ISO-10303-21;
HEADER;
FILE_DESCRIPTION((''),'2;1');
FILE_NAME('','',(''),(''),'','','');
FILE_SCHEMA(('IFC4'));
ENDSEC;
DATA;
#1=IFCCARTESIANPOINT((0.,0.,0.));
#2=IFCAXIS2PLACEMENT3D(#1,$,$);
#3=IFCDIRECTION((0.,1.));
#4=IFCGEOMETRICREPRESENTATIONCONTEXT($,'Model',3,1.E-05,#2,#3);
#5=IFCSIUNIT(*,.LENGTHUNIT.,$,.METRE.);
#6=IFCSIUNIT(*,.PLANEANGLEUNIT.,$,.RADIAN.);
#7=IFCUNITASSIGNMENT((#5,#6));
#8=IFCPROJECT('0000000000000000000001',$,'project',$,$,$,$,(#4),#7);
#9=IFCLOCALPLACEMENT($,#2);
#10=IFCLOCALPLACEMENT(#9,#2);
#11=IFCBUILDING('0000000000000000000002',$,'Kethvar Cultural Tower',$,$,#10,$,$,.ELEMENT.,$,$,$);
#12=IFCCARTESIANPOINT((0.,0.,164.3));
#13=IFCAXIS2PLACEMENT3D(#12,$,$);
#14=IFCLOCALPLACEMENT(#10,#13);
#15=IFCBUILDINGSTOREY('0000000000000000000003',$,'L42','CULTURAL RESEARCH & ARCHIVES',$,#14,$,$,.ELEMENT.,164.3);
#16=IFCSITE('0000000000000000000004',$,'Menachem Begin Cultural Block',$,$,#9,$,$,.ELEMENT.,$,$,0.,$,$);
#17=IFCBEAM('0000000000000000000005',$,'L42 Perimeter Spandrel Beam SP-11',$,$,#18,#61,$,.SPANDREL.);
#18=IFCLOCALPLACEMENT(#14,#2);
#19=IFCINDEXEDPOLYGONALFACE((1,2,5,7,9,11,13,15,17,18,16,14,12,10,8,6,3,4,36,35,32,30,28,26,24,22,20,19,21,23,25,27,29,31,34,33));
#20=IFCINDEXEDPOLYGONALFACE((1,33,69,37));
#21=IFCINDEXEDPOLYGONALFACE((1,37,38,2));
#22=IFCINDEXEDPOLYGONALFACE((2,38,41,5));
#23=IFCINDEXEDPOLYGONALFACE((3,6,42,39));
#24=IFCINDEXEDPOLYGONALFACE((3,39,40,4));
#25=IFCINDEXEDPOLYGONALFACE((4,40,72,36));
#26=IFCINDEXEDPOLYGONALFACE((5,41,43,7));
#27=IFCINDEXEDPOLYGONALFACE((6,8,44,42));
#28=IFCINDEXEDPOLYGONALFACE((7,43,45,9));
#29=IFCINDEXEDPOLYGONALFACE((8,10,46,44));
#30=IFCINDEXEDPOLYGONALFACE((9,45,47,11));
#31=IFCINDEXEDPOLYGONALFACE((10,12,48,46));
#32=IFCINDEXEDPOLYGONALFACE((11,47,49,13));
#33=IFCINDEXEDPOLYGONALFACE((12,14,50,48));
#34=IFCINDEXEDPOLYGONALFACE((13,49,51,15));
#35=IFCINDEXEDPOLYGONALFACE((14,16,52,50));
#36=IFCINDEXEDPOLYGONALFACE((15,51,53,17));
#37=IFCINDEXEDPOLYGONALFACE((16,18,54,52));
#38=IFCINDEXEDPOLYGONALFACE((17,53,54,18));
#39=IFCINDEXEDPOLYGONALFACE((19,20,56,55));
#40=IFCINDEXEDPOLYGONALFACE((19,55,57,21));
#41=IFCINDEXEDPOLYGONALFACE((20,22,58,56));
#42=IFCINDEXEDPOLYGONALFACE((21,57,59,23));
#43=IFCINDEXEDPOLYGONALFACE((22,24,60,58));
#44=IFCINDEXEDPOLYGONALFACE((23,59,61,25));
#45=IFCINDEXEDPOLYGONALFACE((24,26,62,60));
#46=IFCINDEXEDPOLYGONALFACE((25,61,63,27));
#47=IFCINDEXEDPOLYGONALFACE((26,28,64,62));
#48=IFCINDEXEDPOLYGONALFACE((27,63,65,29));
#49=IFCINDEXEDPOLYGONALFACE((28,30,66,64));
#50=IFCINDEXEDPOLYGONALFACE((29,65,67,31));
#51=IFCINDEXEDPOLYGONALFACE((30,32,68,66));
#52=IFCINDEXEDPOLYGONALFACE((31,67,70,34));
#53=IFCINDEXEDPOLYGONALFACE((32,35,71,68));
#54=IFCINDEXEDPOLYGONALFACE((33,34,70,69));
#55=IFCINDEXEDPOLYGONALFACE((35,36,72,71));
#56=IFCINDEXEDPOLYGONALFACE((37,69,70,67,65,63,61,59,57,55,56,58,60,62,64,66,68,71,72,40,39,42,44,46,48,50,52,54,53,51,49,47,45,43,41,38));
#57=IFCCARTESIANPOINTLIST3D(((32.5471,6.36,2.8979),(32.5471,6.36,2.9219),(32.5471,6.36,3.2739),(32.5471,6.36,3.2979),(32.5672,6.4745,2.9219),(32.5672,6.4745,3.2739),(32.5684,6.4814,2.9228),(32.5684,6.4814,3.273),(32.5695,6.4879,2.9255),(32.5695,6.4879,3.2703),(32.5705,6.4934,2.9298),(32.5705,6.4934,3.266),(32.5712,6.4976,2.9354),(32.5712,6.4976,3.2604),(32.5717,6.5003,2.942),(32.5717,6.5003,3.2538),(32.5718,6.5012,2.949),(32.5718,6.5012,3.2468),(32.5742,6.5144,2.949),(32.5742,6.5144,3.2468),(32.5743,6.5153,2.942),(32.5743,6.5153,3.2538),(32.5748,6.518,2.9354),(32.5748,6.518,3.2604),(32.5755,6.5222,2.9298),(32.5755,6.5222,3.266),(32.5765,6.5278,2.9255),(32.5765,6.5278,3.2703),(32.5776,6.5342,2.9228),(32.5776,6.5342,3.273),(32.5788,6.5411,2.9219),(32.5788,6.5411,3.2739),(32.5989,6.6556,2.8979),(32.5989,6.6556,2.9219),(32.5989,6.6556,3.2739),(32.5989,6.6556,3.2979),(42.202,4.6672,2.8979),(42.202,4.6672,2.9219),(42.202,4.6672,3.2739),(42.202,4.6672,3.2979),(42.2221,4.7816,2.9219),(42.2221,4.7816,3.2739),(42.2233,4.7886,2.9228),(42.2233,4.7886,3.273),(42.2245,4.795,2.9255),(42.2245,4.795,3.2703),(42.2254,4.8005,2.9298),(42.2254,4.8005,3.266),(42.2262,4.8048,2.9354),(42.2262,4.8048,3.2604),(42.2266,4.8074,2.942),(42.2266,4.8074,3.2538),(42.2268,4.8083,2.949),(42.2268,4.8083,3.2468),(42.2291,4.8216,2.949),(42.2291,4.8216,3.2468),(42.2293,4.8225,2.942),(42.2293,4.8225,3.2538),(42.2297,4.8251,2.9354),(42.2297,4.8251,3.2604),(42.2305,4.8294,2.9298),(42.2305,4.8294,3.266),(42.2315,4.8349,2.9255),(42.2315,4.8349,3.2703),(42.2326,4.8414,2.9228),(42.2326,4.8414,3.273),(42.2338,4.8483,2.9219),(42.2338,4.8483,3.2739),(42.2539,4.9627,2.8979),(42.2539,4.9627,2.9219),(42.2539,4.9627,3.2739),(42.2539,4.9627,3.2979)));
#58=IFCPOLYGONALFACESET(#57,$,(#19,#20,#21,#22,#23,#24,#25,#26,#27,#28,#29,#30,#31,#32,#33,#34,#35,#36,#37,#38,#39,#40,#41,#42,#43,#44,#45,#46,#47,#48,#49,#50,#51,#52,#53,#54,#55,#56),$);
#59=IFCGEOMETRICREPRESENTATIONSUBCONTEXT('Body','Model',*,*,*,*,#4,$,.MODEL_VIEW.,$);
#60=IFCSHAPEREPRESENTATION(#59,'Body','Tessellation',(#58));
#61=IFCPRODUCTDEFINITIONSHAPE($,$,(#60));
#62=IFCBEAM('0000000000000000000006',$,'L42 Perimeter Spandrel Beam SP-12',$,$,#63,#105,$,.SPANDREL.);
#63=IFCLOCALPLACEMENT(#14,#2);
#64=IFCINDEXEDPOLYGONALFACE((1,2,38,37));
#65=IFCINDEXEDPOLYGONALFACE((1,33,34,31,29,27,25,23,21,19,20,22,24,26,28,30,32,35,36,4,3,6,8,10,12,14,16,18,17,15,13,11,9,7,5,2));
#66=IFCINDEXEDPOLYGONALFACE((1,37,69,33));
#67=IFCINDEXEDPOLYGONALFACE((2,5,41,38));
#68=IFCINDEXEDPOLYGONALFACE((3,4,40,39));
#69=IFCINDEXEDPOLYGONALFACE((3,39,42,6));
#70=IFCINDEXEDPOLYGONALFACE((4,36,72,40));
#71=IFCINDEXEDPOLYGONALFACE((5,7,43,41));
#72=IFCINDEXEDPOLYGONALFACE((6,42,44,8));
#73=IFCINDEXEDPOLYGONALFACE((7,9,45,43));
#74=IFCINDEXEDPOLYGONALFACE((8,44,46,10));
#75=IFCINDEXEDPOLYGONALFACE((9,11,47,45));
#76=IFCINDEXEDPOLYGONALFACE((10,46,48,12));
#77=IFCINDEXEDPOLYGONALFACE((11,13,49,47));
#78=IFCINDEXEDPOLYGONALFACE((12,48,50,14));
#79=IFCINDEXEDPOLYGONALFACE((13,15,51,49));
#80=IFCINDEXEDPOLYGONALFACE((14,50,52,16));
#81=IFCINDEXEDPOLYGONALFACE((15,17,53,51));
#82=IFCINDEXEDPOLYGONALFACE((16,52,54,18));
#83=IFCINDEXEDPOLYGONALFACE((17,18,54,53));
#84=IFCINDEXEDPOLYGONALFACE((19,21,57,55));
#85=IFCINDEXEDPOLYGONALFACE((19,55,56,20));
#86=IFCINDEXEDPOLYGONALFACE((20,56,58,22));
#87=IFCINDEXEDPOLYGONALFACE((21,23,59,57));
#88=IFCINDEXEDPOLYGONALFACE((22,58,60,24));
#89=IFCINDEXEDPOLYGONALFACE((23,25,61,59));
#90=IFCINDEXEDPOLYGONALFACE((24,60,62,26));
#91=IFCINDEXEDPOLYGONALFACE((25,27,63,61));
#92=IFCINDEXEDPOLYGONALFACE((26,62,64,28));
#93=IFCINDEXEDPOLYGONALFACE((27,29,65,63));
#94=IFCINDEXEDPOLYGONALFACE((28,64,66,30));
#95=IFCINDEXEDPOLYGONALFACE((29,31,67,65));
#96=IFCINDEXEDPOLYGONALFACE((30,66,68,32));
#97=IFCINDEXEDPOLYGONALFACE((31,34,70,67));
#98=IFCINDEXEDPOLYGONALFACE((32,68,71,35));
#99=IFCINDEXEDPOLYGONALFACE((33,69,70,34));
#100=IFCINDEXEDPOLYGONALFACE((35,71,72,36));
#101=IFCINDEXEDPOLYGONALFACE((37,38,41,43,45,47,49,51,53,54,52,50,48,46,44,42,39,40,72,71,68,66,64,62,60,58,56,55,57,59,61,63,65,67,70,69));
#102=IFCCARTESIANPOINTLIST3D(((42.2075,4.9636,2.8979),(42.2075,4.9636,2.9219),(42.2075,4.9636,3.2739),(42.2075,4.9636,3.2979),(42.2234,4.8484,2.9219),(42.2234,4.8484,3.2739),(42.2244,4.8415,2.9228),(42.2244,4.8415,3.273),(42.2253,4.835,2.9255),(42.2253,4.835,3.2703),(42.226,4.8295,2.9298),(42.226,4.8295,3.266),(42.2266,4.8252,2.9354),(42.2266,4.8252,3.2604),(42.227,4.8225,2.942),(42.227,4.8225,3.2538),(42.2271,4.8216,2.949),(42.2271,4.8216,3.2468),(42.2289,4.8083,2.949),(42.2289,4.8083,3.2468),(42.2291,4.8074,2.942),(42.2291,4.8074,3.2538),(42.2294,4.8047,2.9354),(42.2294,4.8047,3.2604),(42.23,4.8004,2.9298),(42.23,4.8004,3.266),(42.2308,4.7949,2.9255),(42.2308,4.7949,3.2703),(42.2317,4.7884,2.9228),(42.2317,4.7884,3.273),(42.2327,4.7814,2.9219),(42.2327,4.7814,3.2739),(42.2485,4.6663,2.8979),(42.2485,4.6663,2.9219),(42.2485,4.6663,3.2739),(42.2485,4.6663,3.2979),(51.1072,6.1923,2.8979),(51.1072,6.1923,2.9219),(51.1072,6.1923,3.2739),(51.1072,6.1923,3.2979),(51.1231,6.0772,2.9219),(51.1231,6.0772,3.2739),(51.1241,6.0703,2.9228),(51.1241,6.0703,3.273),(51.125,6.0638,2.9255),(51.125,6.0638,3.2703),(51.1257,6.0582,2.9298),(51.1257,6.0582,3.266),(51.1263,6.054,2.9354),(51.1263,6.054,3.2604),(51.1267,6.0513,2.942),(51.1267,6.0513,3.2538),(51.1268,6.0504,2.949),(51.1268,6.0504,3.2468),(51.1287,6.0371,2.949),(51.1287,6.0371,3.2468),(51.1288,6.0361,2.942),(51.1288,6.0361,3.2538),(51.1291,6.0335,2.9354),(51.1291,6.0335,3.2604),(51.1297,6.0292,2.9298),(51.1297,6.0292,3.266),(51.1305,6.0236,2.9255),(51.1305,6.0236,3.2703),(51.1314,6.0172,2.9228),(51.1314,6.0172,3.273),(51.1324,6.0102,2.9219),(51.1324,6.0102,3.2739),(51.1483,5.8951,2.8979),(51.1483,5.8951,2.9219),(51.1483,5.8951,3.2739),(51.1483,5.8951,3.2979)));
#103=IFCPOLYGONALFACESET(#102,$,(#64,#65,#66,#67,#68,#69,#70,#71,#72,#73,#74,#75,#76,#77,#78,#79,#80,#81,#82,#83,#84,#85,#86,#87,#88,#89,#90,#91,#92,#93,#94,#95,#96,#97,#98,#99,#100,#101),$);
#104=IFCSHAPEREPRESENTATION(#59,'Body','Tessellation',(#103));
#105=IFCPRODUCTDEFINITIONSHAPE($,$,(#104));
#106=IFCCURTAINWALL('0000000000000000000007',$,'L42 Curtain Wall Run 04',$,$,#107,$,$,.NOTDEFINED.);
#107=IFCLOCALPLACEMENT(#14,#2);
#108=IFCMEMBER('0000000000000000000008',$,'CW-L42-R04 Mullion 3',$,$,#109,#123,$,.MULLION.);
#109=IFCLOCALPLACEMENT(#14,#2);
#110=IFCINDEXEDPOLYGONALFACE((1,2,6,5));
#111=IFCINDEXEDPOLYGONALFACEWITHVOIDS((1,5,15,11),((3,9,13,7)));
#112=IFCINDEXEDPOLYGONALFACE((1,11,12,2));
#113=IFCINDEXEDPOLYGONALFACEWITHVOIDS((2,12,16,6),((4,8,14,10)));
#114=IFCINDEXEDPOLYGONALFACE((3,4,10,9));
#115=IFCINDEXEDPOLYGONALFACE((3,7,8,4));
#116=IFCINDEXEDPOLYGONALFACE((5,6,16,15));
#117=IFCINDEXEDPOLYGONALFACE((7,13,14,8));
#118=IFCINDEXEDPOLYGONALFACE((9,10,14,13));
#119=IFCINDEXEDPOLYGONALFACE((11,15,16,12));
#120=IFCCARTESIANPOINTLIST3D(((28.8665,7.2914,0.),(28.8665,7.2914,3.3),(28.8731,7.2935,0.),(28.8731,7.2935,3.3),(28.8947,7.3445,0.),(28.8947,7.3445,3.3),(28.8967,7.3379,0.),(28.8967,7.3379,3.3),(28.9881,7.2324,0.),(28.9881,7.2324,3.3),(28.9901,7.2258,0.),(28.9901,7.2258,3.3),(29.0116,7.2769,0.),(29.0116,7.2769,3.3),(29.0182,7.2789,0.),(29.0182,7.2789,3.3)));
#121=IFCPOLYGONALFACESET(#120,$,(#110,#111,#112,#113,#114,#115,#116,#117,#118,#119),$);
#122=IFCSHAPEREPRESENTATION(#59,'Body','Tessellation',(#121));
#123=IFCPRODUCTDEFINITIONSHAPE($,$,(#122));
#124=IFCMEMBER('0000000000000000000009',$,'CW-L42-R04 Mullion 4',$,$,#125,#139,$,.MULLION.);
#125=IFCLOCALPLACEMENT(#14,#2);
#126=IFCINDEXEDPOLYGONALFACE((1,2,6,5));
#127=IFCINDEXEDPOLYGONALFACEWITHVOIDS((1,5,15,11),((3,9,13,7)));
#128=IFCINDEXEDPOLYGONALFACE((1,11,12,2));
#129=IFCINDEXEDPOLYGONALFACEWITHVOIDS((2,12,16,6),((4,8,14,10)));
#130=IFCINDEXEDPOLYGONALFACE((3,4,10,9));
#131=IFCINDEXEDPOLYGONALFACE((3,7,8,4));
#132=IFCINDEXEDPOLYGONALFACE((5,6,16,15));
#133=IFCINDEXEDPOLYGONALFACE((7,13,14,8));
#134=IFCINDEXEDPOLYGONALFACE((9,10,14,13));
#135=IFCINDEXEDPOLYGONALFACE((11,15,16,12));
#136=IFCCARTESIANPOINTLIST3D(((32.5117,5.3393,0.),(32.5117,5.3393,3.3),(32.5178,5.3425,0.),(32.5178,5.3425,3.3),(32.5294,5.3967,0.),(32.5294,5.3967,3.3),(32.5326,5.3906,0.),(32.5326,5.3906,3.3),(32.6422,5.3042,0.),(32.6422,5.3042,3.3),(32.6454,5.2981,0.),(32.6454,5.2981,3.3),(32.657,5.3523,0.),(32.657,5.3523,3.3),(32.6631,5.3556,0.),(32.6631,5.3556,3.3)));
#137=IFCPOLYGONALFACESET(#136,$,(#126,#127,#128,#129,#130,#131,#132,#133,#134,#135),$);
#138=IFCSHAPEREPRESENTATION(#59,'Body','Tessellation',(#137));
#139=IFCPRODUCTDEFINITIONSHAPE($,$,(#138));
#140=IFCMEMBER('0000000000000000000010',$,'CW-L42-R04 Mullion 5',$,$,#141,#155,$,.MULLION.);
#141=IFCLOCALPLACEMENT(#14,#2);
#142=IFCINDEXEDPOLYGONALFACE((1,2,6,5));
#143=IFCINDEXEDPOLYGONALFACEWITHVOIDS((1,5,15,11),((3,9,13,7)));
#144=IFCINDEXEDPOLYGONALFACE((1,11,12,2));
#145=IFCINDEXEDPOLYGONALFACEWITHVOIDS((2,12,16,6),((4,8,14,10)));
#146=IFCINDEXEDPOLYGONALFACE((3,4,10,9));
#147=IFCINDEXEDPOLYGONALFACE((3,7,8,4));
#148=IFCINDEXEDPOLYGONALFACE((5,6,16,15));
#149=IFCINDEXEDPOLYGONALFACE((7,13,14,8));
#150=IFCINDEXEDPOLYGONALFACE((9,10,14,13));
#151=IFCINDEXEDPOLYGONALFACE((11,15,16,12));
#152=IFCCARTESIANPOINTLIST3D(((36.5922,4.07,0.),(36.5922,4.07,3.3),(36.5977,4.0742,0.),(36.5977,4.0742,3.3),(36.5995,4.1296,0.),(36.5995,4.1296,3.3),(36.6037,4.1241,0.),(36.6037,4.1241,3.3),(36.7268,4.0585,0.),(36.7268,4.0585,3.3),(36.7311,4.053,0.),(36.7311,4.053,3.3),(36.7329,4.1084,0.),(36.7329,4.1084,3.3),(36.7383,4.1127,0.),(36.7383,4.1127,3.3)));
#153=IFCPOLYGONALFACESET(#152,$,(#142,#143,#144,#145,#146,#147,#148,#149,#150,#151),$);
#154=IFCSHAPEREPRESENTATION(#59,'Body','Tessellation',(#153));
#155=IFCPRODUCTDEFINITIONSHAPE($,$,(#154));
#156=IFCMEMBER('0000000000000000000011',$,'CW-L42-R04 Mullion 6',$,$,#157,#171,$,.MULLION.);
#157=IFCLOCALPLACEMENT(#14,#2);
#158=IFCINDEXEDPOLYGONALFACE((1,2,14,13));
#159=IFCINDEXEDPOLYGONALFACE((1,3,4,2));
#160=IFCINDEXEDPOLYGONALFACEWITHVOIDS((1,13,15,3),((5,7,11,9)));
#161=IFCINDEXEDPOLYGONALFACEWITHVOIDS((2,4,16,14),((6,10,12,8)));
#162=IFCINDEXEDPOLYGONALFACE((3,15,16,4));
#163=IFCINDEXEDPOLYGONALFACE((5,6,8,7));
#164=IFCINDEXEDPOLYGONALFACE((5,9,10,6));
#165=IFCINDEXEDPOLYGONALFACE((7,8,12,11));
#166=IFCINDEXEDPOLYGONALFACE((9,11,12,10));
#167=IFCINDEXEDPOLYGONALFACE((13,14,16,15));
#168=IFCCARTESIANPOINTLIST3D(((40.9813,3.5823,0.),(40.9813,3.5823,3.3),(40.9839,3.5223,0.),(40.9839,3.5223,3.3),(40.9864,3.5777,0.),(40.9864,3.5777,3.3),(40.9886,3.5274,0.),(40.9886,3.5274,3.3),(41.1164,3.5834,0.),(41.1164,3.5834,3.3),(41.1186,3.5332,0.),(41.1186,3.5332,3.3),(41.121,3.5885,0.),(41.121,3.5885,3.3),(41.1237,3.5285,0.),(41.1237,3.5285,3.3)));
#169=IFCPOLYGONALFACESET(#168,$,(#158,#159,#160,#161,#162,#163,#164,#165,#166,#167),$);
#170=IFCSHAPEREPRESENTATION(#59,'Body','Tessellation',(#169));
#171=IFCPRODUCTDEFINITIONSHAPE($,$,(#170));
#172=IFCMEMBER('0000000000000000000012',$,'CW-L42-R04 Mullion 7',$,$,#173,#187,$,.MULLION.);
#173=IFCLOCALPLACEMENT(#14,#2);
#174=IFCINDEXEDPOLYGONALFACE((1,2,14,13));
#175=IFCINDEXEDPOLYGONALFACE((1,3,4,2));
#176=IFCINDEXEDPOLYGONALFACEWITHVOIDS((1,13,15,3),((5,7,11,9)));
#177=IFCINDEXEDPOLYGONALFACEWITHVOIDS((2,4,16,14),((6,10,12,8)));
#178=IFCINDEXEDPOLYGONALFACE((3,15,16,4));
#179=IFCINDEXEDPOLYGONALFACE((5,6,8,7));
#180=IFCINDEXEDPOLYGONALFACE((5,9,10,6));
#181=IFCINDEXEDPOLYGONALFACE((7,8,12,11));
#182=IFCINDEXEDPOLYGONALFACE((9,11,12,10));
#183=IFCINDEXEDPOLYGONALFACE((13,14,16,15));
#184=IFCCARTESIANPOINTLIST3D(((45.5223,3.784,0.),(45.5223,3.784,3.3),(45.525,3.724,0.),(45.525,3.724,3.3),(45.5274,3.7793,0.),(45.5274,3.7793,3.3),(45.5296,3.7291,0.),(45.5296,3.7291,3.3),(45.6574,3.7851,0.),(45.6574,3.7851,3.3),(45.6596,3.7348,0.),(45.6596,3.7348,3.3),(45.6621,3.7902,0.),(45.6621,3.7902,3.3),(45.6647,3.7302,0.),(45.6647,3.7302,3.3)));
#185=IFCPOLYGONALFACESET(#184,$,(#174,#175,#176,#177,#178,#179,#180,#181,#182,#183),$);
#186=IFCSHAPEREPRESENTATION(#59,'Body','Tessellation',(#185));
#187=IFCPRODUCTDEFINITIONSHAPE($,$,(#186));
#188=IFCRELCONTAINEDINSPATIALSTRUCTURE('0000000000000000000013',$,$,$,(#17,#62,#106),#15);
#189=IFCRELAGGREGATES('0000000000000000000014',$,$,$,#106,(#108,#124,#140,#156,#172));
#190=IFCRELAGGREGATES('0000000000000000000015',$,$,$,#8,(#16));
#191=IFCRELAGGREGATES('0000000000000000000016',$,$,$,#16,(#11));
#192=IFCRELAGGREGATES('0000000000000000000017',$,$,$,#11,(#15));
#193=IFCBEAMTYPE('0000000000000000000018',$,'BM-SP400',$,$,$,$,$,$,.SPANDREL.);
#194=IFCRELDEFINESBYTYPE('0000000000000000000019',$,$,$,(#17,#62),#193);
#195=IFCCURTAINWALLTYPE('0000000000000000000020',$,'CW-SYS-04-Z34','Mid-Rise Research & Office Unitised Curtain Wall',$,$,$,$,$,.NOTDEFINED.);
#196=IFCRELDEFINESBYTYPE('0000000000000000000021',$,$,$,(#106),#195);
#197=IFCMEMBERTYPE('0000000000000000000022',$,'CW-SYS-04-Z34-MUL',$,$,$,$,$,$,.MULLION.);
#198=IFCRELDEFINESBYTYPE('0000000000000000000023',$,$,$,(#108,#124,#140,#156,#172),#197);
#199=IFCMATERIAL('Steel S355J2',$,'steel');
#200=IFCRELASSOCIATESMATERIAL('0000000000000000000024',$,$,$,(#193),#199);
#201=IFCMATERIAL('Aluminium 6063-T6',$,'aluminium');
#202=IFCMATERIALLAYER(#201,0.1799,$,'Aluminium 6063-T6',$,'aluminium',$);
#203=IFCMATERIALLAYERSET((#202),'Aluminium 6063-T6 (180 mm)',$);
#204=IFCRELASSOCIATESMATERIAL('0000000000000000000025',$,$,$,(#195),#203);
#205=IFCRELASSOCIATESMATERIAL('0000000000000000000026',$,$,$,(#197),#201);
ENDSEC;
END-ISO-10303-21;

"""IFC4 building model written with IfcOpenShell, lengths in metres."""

from ifc_helpers import new_model, si_unit, direction, frame, origin, origin_2d, place, context, subcontext, project, spatial, hollow_rectangle, i_section, extrude, source, transform, mapped, material, layer, layer_set, material_profile, profile_set, type_object, element, aggregate, save


model = new_model("IFC4")

# Units and contexts
model_context = context("Model", 3, precision=1e-05, world=origin(), true_north=direction((0.0, 1.0)))
body_context = subcontext(model_context, "Body", "Model", "MODEL_VIEW")
ifc_project = project(units=[si_unit("LENGTHUNIT", "METRE"), si_unit("PLANEANGLEUNIT", "RADIAN")], contexts=[model_context])

# Site, building, storey
site_placement = place(None, origin())
site = spatial("IfcSite", under=ifc_project, at=site_placement, Name="Menachem Begin Cultural Block", CompositionType="ELEMENT", RefElevation=0.0)
building_placement = place(site_placement, origin())
building = spatial("IfcBuilding", under=site, at=building_placement, Name="Kethvar Cultural Tower", CompositionType="ELEMENT")
storey_placement = place(building_placement, frame((0.0, 0.0, 164.3)))
storey = spatial("IfcBuildingStorey", under=building, at=storey_placement, Name="L42", Description="CULTURAL RESEARCH & ARCHIVES", CompositionType="ELEMENT", Elevation=164.3)

# Beams
ifc_material_1 = material(Name="Steel S355J2", Category="steel")
ifc_material_profile_1 = material_profile(ifc_material_1, i_section(OverallWidth=0.3, OverallDepth=0.3999, WebThickness=0.0134, FlangeThickness=0.0239, FilletRadius=0.0271, at=origin_2d()), Name="Steel S355J2 — HEB400")
ifc_profile_set_1 = profile_set([ifc_material_profile_1], Name="Steel S355J2 — HEB400")
beam_type = type_object("IfcBeamType", Name="BM-SP400", PredefinedType="SPANDREL", material=ifc_profile_set_1)
shared_shape_1 = source(origin(), body_context, "Body", "SweptSolid", [
    extrude(i_section(OverallWidth=0.3, OverallDepth=0.3999, WebThickness=0.0134, FlangeThickness=0.0239, FilletRadius=0.0271, at=origin_2d()), origin(), (0.0, 0.0, 1.0), 9.8022),
])
beam_1_placement = place(storey_placement, frame((32.573, 6.5078, 3.0979), z_axis=(0.984974, -0.172701, 0.0), x_axis=(0.172701, 0.984974, 0.0)))
element("IfcBeam", 1, at=beam_1_placement, inside=storey, type_object=beam_type, Name="L42 Perimeter Spandrel Beam SP-11", PredefinedType="SPANDREL", context=body_context, shape_type="MappedRepresentation", body=[
    mapped(shared_shape_1, transform((0.0, 0.0, 0.0), scale=1.0)),
])
shared_shape_2 = source(origin(), body_context, "Body", "SweptSolid", [
    extrude(i_section(OverallWidth=0.3, OverallDepth=0.3999, WebThickness=0.0134, FlangeThickness=0.0239, FilletRadius=0.0271, at=origin_2d()), origin(), (0.0, 0.0, 1.0), 8.9841),
])
beam_2_placement = place(storey_placement, frame((42.228, 4.8149, 3.0979), z_axis=(0.990603, 0.136771, 0.0), x_axis=(-0.136771, 0.990603, 0.0)))
element("IfcBeam", 2, at=beam_2_placement, inside=storey, type_object=beam_type, Name="L42 Perimeter Spandrel Beam SP-12", PredefinedType="SPANDREL", context=body_context, shape_type="MappedRepresentation", body=[
    mapped(shared_shape_2, transform((0.0, 0.0, 0.0), scale=1.0)),
])

# Curtain wall, members
ifc_material_2 = material(Name="Aluminium 6063-T6", Category="aluminium")
ifc_layer_1 = layer(ifc_material_2, 0.1799, Name="Aluminium 6063-T6", Category="aluminium")
ifc_layer_set_1 = layer_set([ifc_layer_1], Name="Aluminium 6063-T6 (180 mm)")
curtain_wall_type = type_object("IfcCurtainWallType", Name="CW-SYS-04-Z34", Description="Mid-Rise Research & Office Unitised Curtain Wall", PredefinedType="NOTDEFINED", material=ifc_layer_set_1)
curtain_wall_1_placement = place(storey_placement, origin())
curtain_wall_1 = element("IfcCurtainWall", 3, at=curtain_wall_1_placement, inside=storey, type_object=curtain_wall_type, Name="L42 Curtain Wall Run 04", PredefinedType="NOTDEFINED")
ifc_material_profile_2 = material_profile(ifc_material_2, hollow_rectangle(XDim=0.0601, YDim=0.1399, WallThickness=0.0049, at=origin_2d()), Name="Aluminium 6063-T6 — RHS140x60x5")
ifc_profile_set_2 = profile_set([ifc_material_profile_2], Name="Aluminium 6063-T6 — RHS140x60x5")
member_type_1 = type_object("IfcMemberType", Name="CW-SYS-04-Z34-MUL", PredefinedType="MULLION", material=ifc_profile_set_2)
shared_shape_3 = source(origin(), body_context, "Body", "SweptSolid", [
    extrude(hollow_rectangle(XDim=0.0601, YDim=0.1399, WallThickness=0.0049, at=origin_2d()), origin(), (0.0, 0.0, 1.0), 3.3),
])
member_1_placement = place(storey_placement, frame((28.9424, 7.2852, 0.0), z_axis=(0.0, 0.0, 1.0), x_axis=(0.468963, 0.883218, 0.0)))
member_1 = element("IfcMember", 4, at=member_1_placement, type_object=member_type_1, Name="CW-L42-R04 Mullion 3", PredefinedType="MULLION", context=body_context, shape_type="MappedRepresentation", body=[
    mapped(shared_shape_3, transform((0.0, 0.0, 0.0), scale=1.0)),
])
member_2_placement = place(storey_placement, frame((32.5874, 5.3474, 0.0), z_axis=(0.0, 0.0, 1.0), x_axis=(0.29399, 0.955808, 0.0)))
member_2 = element("IfcMember", 5, at=member_2_placement, type_object=member_type_1, Name="CW-L42-R04 Mullion 4", PredefinedType="MULLION", context=body_context, shape_type="MappedRepresentation", body=[
    mapped(shared_shape_3, transform((0.0, 0.0, 0.0), scale=1.0)),
])
member_3_placement = place(storey_placement, frame((36.6653, 4.0913, 0.0), z_axis=(0.0, 0.0, 1.0), x_axis=(0.120917, 0.992663, 0.0)))
member_3 = element("IfcMember", 6, at=member_3_placement, type_object=member_type_1, Name="CW-L42-R04 Mullion 5", PredefinedType="MULLION", context=body_context, shape_type="MappedRepresentation", body=[
    mapped(shared_shape_3, transform((0.0, 0.0, 0.0), scale=1.0)),
])
member_4_placement = place(storey_placement, frame((41.0525, 3.5554, 0.0), z_axis=(0.0, 0.0, 1.0), x_axis=(-0.044387, 0.999014, 0.0)))
member_4 = element("IfcMember", 7, at=member_4_placement, type_object=member_type_1, Name="CW-L42-R04 Mullion 6", PredefinedType="MULLION", context=body_context, shape_type="MappedRepresentation", body=[
    mapped(shared_shape_3, transform((0.0, 0.0, 0.0), scale=1.0)),
])
member_5_placement = place(storey_placement, frame((45.5935, 3.7571, 0.0), z_axis=(0.0, 0.0, 1.0), x_axis=(-0.044387, 0.999014, 0.0)))
member_5 = element("IfcMember", 8, at=member_5_placement, type_object=member_type_1, Name="CW-L42-R04 Mullion 7", PredefinedType="MULLION", context=body_context, shape_type="MappedRepresentation", body=[
    mapped(shared_shape_3, transform((0.0, 0.0, 0.0), scale=1.0)),
])

aggregate(curtain_wall_1, [member_1, member_2, member_3, member_4, member_5])

save(model, "model.ifc")
